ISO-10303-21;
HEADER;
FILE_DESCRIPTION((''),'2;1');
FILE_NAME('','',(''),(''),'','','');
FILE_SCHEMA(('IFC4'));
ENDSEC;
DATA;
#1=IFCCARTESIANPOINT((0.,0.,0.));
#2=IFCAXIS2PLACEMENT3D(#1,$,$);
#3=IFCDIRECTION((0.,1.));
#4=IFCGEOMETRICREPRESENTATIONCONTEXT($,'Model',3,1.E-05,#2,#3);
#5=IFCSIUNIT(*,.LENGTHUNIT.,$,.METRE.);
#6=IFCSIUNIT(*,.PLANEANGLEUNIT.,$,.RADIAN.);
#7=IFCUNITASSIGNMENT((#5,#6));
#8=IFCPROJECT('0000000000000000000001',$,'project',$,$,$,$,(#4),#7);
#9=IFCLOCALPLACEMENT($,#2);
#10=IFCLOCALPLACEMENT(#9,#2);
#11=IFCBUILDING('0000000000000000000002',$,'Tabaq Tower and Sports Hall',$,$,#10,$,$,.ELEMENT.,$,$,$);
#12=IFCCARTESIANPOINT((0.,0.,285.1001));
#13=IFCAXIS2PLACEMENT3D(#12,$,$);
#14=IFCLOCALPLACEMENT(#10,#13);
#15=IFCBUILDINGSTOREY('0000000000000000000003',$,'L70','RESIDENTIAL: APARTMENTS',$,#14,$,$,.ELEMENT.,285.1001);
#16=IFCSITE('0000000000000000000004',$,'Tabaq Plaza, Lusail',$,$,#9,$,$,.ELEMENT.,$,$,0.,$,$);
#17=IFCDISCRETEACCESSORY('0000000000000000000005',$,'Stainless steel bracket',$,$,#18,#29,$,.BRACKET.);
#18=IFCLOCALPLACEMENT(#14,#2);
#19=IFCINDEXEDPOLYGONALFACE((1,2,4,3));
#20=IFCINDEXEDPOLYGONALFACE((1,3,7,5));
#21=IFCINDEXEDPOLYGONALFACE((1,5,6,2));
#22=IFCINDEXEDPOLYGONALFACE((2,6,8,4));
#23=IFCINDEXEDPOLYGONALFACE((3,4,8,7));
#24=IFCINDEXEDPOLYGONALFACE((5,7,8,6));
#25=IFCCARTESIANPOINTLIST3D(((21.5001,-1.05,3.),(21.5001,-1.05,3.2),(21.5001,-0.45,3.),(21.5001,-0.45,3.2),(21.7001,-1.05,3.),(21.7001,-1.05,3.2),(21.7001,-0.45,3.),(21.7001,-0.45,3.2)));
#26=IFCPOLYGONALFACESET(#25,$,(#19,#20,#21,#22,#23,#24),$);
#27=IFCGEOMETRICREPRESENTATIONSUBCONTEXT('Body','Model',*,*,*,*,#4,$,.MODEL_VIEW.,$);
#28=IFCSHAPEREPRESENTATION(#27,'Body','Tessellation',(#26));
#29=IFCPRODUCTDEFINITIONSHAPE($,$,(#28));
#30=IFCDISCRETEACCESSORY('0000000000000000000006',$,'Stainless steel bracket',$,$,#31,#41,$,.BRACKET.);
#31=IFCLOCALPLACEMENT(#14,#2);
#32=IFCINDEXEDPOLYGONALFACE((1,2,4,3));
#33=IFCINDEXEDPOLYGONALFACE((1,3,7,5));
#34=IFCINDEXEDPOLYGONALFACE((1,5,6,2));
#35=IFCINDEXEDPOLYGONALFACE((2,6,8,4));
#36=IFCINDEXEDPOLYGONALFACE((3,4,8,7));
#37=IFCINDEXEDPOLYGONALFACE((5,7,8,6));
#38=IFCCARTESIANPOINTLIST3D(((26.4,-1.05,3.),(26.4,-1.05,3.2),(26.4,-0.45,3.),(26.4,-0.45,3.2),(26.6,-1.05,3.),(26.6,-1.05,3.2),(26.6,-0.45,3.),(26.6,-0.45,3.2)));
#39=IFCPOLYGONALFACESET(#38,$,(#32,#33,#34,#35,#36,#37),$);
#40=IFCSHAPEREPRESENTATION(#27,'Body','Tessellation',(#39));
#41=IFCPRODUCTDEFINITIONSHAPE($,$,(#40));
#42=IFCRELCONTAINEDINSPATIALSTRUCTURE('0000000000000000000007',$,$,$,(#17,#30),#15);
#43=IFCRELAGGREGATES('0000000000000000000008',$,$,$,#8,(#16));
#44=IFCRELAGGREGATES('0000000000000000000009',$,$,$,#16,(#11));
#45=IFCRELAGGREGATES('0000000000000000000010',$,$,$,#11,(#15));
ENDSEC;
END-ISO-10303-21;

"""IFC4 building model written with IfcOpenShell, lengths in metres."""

from ifc_helpers import new_model, si_unit, direction, frame, origin, origin_2d, place, context, subcontext, project, spatial, rectangle, extrude, element, save


model = new_model("IFC4")

# Units and contexts
model_context = context("Model", 3, precision=1e-05, world=origin(), true_north=direction((0.0, 1.0)))
body_context = subcontext(model_context, "Body", "Model", "MODEL_VIEW")
ifc_project = project(units=[si_unit("LENGTHUNIT", "METRE"), si_unit("PLANEANGLEUNIT", "RADIAN")], contexts=[model_context])

# Site, building, storey
site_placement = place(None, origin())
site = spatial("IfcSite", under=ifc_project, at=site_placement, Name="Tabaq Plaza, Lusail", CompositionType="ELEMENT", RefElevation=0.0)
building_placement = place(site_placement, origin())
building = spatial("IfcBuilding", under=site, at=building_placement, Name="Tabaq Tower and Sports Hall", CompositionType="ELEMENT")
storey_placement = place(building_placement, frame((0.0, 0.0, 285.1001)))
storey = spatial("IfcBuildingStorey", under=building, at=storey_placement, Name="L70", Description="RESIDENTIAL: APARTMENTS", CompositionType="ELEMENT", Elevation=285.1001)

# Discrete accessories
for number, where, z_axis, x_axis, name in (
    (1, (21.6001, -0.75, 3.0), (0.0, 0.0, 1.0), (0.0, -1.0, 0.0), "Stainless steel bracket"),
    (2, (26.5, -0.75, 3.0), (0.0, 0.0, 1.0), (0.0, -1.0, 0.0), "Stainless steel bracket"),
):
    element("IfcDiscreteAccessory", number, at=place(storey_placement, frame(where, z_axis=z_axis, x_axis=x_axis)), inside=storey, Name=name, PredefinedType="BRACKET", context=body_context, shape_type="SweptSolid", body=[
        extrude(rectangle(XDim=0.6001, YDim=0.2, at=origin_2d()), origin(), (0.0, 0.0, 1.0), 0.2),
    ])

save(model, "model.ifc")
